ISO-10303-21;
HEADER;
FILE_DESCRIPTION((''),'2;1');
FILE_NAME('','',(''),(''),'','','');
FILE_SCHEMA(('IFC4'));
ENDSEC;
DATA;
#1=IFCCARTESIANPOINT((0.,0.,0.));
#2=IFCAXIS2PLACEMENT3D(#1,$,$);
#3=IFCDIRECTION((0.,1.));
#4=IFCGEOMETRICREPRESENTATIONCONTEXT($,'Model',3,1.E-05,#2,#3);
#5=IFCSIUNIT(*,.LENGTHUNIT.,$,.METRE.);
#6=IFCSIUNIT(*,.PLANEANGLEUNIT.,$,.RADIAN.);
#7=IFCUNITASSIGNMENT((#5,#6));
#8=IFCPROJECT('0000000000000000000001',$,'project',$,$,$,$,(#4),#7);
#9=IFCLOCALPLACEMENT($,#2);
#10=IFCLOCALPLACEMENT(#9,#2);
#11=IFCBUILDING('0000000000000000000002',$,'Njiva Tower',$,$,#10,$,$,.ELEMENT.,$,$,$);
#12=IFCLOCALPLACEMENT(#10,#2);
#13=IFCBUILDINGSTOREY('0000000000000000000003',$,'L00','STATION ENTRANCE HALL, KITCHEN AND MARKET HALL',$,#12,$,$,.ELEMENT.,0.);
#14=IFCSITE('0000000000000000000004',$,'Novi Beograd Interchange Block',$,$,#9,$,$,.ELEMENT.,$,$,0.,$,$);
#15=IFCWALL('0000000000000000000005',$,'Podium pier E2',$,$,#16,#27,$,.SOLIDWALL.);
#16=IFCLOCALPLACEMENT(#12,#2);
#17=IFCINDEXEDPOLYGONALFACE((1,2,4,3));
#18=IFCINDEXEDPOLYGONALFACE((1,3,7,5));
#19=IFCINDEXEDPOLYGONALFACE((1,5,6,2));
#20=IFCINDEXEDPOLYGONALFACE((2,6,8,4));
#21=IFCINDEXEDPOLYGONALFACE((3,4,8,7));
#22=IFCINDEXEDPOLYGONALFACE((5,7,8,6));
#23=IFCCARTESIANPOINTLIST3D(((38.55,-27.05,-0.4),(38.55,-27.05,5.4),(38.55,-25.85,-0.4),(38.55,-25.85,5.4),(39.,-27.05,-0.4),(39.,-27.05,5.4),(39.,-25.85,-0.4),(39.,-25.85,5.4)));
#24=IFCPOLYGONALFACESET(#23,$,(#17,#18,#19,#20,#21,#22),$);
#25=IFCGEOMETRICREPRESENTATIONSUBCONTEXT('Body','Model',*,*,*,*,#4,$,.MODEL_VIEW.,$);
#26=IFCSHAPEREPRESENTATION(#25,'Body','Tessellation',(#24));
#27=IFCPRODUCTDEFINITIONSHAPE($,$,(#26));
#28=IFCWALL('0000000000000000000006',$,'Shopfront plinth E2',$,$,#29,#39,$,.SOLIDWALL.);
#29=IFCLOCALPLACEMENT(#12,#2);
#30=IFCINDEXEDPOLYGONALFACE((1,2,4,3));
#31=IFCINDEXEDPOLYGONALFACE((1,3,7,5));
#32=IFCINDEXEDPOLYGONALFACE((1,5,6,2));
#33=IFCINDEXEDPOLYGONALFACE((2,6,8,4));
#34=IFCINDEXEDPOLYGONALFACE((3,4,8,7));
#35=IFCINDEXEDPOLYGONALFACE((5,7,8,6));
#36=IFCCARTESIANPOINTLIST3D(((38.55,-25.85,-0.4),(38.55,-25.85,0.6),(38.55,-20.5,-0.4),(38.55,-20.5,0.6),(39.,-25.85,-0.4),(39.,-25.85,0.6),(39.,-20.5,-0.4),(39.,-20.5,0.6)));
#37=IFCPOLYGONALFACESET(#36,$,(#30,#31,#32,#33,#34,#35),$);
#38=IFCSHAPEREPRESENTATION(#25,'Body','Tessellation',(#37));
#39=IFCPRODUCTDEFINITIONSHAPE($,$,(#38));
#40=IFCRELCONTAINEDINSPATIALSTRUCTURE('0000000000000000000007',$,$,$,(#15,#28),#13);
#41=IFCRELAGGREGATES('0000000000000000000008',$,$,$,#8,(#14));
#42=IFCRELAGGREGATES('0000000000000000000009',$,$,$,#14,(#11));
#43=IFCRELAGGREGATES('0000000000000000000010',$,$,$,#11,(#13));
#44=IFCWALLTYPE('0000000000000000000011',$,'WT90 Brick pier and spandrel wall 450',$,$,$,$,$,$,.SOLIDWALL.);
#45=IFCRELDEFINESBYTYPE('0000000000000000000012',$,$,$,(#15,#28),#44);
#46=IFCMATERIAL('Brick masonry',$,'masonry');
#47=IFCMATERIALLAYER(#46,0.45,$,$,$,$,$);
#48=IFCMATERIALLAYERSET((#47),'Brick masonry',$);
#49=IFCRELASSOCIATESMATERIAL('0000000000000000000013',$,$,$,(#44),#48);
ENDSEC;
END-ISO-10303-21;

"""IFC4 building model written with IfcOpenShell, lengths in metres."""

from ifc_helpers import new_model, si_unit, direction, frame, origin, place, context, subcontext, project, spatial, polyline, outline, extrude, material, layer, layer_set, type_object, element, save


model = new_model("IFC4")

# Units and contexts
model_context = context("Model", 3, precision=1e-05, world=origin(), true_north=direction((0.0, 1.0)))
body_context = subcontext(model_context, "Body", "Model", "MODEL_VIEW")
ifc_project = project(units=[si_unit("LENGTHUNIT", "METRE"), si_unit("PLANEANGLEUNIT", "RADIAN")], contexts=[model_context])

# Site, building, storey
site_placement = place(None, origin())
site = spatial("IfcSite", under=ifc_project, at=site_placement, Name="Novi Beograd Interchange Block", CompositionType="ELEMENT", RefElevation=0.0)
building_placement = place(site_placement, origin())
building = spatial("IfcBuilding", under=site, at=building_placement, Name="Njiva Tower", CompositionType="ELEMENT")
storey_placement = place(building_placement, origin())
storey = spatial("IfcBuildingStorey", under=building, at=storey_placement, Name="L00", Description="STATION ENTRANCE HALL, KITCHEN AND MARKET HALL", CompositionType="ELEMENT", Elevation=0.0)

# Walls
ifc_material_1 = material(Name="Brick masonry", Category="masonry")
ifc_layer_1 = layer(ifc_material_1, 0.45)
ifc_layer_set_1 = layer_set([ifc_layer_1], Name="Brick masonry")
wall_type = type_object("IfcWallType", Name="WT90 Brick pier and spandrel wall 450", PredefinedType="SOLIDWALL", material=ifc_layer_set_1)
wall_1_placement = place(storey_placement, frame((38.775, -27.05, -0.4), z_axis=(0.0, 0.0, 1.0), x_axis=(0.0, 1.0, 0.0)))
element("IfcWall", 1, at=wall_1_placement, inside=storey, type_object=wall_type, Name="Podium pier E2", PredefinedType="SOLIDWALL", context=body_context, shape_type="SweptSolid", body=[
    extrude(outline(polyline([(0.0, -0.225), (1.2, -0.225), (1.2, 0.225), (0.0, 0.225), (0.0, -0.225)])), origin(), (0.0, 0.0, 1.0), 5.8),
])
wall_2_placement = place(storey_placement, frame((38.775, -25.85, -0.4), z_axis=(0.0, 0.0, 1.0), x_axis=(0.0, 1.0, 0.0)))
element("IfcWall", 2, at=wall_2_placement, inside=storey, type_object=wall_type, Name="Shopfront plinth E2", PredefinedType="SOLIDWALL", context=body_context, shape_type="SweptSolid", body=[
    extrude(outline(polyline([(0.0, -0.225), (5.35, -0.225), (5.35, 0.225), (0.0, 0.225), (0.0, -0.225)])), origin(), (0.0, 0.0, 1.0), 1.0),
])

save(model, "model.ifc")
